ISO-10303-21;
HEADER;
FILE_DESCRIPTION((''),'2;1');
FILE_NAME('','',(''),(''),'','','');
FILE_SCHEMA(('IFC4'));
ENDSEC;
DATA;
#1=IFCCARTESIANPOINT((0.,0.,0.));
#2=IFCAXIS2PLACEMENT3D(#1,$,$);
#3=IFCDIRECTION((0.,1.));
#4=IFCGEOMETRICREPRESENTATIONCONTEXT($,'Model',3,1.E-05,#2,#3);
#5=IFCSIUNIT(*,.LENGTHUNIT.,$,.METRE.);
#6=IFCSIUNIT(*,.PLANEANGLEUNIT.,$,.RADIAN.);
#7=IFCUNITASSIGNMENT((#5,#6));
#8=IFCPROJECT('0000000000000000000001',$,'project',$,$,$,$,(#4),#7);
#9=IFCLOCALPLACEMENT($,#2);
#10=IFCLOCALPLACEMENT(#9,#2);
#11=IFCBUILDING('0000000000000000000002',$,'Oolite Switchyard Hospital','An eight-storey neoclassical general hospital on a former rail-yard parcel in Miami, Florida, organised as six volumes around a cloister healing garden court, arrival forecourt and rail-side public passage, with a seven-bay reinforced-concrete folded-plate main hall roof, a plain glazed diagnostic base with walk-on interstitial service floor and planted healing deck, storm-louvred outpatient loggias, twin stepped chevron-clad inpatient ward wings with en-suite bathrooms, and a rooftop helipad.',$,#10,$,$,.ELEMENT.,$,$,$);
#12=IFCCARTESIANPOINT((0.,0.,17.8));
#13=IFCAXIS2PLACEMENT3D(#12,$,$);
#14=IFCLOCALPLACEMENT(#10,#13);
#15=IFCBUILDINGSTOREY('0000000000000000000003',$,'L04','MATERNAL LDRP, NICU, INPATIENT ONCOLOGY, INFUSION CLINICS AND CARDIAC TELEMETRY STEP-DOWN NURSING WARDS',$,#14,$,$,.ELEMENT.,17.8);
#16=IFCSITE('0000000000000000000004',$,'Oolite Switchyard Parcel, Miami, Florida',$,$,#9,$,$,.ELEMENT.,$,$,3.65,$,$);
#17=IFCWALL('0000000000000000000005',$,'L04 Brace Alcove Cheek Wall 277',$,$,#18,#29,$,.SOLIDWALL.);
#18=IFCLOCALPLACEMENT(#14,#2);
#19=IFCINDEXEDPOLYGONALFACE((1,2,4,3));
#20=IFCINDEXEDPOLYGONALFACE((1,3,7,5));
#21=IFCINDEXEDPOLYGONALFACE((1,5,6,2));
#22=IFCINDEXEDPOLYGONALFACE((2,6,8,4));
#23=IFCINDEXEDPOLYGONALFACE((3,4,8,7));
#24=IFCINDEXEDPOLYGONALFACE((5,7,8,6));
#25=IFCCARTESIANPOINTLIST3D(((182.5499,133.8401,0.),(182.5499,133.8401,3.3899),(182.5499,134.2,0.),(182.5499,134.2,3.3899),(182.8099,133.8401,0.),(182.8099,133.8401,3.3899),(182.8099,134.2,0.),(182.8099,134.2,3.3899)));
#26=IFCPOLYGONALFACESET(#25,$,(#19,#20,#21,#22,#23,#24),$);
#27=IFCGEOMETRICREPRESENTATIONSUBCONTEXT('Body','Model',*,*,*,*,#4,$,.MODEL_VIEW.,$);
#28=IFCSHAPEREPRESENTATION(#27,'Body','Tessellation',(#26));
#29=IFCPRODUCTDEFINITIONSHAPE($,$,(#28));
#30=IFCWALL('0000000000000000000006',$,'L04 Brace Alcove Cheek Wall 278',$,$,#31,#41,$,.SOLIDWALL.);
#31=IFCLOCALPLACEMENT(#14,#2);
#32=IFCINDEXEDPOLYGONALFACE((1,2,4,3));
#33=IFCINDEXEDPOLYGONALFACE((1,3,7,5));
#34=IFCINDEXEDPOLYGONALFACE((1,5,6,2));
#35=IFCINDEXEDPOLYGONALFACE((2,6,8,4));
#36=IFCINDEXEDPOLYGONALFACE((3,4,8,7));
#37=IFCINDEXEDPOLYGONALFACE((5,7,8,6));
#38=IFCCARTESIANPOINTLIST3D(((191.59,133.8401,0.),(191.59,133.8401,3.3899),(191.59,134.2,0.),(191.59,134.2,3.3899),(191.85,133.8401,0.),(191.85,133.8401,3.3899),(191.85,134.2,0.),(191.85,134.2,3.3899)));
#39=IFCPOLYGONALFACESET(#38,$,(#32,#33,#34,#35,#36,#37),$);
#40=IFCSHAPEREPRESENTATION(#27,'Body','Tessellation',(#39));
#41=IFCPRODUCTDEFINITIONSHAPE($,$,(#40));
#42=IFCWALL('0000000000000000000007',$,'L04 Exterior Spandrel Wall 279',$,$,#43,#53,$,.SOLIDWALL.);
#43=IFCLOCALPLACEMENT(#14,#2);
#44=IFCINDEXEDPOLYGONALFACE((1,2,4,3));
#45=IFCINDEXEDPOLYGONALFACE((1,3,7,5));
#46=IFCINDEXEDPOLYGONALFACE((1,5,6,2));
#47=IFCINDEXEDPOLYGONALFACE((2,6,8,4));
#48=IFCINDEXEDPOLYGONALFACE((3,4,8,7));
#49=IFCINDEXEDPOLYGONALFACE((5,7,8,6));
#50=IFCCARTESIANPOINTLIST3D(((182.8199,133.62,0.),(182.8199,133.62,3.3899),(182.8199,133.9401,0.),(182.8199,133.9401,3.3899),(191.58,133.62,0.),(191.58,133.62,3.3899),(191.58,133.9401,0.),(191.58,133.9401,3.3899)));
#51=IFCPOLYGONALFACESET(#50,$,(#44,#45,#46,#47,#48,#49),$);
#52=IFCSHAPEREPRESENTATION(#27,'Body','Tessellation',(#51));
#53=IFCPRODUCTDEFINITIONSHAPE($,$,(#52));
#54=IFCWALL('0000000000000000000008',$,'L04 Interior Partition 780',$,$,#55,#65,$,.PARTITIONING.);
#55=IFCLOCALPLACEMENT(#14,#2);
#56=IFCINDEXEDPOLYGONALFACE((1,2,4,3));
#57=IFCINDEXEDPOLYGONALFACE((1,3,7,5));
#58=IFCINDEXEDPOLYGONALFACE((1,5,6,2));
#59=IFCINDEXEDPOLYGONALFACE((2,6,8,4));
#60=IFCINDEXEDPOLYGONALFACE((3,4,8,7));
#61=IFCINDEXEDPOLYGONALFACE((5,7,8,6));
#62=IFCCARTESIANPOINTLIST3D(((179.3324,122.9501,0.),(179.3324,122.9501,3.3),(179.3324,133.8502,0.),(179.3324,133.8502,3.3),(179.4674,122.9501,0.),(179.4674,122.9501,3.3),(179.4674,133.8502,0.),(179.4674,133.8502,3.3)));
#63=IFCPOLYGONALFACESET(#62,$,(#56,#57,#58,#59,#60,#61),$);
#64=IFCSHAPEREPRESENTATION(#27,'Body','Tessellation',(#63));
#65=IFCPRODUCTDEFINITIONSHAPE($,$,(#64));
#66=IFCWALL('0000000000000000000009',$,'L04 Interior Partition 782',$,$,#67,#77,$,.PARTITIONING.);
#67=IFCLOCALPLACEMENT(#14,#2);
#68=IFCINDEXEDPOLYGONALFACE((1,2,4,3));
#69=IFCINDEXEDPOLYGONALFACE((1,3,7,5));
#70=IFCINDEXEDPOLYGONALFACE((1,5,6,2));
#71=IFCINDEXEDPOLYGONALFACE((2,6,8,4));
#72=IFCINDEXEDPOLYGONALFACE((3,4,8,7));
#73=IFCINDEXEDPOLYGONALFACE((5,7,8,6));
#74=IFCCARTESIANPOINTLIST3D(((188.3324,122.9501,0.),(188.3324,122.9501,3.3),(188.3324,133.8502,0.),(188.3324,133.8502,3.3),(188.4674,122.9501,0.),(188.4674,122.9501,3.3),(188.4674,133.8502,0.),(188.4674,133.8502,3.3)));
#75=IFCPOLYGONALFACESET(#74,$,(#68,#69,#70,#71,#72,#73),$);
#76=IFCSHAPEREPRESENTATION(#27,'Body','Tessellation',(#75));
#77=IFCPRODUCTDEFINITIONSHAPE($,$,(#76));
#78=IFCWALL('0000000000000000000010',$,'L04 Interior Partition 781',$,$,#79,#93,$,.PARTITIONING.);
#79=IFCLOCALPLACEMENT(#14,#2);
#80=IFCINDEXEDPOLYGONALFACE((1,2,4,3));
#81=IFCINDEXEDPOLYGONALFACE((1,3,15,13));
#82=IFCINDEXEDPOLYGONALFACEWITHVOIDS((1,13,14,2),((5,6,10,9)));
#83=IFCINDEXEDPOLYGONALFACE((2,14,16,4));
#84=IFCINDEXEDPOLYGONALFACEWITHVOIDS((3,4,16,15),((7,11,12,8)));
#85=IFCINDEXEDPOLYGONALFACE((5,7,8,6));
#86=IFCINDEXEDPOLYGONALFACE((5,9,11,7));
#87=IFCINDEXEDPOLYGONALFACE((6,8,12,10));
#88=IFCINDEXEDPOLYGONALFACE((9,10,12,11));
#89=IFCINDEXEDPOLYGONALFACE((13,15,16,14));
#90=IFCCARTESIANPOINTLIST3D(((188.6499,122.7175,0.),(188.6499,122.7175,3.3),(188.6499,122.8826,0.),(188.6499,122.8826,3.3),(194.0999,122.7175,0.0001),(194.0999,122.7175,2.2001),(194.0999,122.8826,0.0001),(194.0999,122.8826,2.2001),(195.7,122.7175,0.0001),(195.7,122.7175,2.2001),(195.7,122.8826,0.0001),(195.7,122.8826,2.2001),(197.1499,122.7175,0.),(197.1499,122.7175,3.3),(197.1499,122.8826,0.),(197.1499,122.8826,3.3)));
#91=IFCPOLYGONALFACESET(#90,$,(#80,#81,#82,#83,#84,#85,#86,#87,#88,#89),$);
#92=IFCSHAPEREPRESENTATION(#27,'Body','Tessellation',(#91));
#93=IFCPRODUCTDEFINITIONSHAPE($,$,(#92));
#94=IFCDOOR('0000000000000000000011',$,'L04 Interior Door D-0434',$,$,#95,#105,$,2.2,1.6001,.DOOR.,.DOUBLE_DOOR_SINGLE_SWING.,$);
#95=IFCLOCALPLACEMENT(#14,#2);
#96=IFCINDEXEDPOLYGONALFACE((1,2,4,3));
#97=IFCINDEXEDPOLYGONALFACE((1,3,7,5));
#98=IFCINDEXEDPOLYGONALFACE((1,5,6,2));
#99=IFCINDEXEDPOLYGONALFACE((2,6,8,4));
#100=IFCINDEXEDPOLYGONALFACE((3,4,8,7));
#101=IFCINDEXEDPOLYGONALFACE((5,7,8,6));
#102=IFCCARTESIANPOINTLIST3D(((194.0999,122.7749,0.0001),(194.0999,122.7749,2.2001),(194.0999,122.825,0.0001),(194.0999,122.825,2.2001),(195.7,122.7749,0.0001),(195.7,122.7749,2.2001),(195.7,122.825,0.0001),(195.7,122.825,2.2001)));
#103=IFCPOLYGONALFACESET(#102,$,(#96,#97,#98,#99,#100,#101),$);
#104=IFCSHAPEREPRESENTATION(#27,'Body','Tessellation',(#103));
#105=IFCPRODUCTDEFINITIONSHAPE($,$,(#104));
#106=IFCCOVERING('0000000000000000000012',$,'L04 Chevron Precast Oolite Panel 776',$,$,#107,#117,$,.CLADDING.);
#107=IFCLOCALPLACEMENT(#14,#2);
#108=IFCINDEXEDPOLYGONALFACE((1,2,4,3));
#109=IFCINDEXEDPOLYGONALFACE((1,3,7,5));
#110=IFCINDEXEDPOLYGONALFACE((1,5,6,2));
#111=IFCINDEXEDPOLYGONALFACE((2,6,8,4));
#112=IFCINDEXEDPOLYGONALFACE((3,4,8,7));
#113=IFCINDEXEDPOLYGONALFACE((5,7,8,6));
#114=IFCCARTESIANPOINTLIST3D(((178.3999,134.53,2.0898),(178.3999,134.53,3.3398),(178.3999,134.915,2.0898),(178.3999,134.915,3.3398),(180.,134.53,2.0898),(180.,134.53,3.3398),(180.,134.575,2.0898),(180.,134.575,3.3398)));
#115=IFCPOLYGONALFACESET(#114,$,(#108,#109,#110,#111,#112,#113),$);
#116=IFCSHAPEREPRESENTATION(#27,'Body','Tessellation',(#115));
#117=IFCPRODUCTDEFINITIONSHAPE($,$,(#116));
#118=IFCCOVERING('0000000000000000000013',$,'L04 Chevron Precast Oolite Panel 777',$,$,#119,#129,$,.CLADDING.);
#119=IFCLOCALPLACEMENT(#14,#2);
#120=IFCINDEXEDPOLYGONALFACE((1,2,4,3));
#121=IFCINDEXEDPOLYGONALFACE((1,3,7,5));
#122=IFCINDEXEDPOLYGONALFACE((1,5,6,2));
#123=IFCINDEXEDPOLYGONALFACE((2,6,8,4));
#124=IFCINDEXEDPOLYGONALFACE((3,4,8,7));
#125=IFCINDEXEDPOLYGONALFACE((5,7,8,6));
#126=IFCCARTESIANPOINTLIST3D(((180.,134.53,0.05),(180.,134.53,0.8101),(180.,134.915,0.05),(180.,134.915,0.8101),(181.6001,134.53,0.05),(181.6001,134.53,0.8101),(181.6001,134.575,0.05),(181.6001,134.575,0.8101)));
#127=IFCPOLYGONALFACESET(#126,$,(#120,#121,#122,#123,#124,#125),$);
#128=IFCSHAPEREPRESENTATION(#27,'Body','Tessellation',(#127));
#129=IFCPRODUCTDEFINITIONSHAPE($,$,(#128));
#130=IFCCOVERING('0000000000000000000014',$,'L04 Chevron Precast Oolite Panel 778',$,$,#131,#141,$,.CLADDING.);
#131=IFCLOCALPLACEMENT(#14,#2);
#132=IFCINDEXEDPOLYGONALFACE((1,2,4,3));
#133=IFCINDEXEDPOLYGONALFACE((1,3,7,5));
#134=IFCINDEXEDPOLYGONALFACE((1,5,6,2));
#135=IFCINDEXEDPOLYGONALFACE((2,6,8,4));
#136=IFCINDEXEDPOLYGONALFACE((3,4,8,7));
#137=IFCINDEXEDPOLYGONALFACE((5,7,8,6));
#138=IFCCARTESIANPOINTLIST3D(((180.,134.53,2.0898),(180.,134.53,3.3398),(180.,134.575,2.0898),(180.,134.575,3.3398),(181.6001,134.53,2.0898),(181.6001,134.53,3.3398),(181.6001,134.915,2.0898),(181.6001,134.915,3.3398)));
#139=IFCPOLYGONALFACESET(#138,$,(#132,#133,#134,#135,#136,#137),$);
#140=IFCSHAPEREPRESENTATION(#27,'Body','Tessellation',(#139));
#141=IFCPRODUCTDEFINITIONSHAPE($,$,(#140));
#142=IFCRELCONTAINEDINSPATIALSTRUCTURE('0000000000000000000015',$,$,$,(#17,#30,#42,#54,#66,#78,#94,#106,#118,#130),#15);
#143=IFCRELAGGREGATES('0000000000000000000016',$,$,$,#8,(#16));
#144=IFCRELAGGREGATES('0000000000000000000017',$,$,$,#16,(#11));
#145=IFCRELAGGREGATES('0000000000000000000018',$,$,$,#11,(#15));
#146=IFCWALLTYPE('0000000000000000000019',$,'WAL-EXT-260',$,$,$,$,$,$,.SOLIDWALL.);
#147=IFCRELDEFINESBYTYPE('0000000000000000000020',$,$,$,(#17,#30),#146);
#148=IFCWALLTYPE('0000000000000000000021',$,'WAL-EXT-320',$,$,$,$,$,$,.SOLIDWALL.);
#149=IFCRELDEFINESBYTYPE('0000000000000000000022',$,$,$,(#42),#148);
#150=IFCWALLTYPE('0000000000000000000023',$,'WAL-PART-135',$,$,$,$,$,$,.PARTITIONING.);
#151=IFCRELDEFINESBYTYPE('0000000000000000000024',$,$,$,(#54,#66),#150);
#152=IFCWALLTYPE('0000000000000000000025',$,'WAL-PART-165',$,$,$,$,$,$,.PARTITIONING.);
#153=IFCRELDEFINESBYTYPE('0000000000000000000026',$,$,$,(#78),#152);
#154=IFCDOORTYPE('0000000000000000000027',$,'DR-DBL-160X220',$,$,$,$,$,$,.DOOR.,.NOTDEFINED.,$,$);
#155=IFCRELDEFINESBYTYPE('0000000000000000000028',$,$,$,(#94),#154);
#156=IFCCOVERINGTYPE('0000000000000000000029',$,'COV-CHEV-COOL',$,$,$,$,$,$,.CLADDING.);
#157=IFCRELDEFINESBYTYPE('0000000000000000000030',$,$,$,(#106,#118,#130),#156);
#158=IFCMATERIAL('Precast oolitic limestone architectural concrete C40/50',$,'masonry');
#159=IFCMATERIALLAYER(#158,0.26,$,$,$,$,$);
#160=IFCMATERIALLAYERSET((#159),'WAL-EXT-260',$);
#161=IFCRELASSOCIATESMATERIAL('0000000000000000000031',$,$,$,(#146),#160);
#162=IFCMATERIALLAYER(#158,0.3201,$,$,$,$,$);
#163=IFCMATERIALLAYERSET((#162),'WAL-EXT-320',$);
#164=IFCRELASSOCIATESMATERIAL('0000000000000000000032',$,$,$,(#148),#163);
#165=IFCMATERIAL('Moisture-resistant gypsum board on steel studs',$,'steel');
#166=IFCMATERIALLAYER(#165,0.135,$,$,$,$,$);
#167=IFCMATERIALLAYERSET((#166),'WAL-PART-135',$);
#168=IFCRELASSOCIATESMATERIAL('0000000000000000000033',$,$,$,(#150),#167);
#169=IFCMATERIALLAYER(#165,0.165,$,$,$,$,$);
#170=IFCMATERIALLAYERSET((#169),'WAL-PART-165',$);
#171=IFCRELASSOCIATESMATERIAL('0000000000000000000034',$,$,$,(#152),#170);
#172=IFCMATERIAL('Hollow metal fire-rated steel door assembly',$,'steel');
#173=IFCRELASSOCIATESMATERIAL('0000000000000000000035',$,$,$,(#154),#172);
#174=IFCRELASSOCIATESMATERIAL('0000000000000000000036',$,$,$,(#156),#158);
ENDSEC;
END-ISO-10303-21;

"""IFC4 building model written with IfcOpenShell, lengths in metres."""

from ifc_helpers import new_model, si_unit, direction, frame, frame_2d, origin, place, context, subcontext, project, spatial, polyline, rectangle, outline, extrude, material, layer, layer_set, type_object, element, fill, save


model = new_model("IFC4")

# Units and contexts
model_context = context("Model", 3, precision=1e-05, world=origin(), true_north=direction((0.0, 1.0)))
body_context = subcontext(model_context, "Body", "Model", "MODEL_VIEW")
ifc_project = project(units=[si_unit("LENGTHUNIT", "METRE"), si_unit("PLANEANGLEUNIT", "RADIAN")], contexts=[model_context])

# Site, building, storey
site_placement = place(None, origin())
site = spatial("IfcSite", under=ifc_project, at=site_placement, Name="Oolite Switchyard Parcel, Miami, Florida", CompositionType="ELEMENT", RefElevation=3.65)
building_placement = place(site_placement, origin())
building = spatial("IfcBuilding", under=site, at=building_placement, Name="Oolite Switchyard Hospital", Description="An eight-storey neoclassical general hospital on a former rail-yard parcel in Miami, Florida, organised as six volumes around a cloister healing garden court, arrival forecourt and rail-side public passage, with a seven-bay reinforced-concrete folded-plate main hall roof, a plain glazed diagnostic base with walk-on interstitial service floor and planted healing deck, storm-louvred outpatient loggias, twin stepped chevron-clad inpatient ward wings with en-suite bathrooms, and a rooftop helipad.", CompositionType="ELEMENT")
storey_placement = place(building_placement, frame((0.0, 0.0, 17.8)))
storey = spatial("IfcBuildingStorey", under=building, at=storey_placement, Name="L04", Description="MATERNAL LDRP, NICU, INPATIENT ONCOLOGY, INFUSION CLINICS AND CARDIAC TELEMETRY STEP-DOWN NURSING WARDS", CompositionType="ELEMENT", Elevation=17.8)

# Walls
ifc_material_1 = material(Name="Precast oolitic limestone architectural concrete C40/50", Category="masonry")
ifc_layer_1 = layer(ifc_material_1, 0.26)
ifc_layer_set_1 = layer_set([ifc_layer_1], Name="WAL-EXT-260")
wall_type_1 = type_object("IfcWallType", Name="WAL-EXT-260", PredefinedType="SOLIDWALL", material=ifc_layer_set_1)
for number, where, z_axis, x_axis, name in (
    (1, (182.6799, 134.2, 0.0), (0.0, 0.0, 1.0), (0.0, -1.0, 0.0), "L04 Brace Alcove Cheek Wall 277"),
    (2, (191.72, 134.2, 0.0), (0.0, 0.0, 1.0), (0.0, -1.0, 0.0), "L04 Brace Alcove Cheek Wall 278"),
):
    element("IfcWall", number, at=place(storey_placement, frame(where, z_axis=z_axis, x_axis=x_axis)), inside=storey, type_object=wall_type_1, Name=name, PredefinedType="SOLIDWALL", context=body_context, shape_type="SweptSolid", body=[
        extrude(rectangle(XDim=0.3599, YDim=0.26, at=frame_2d((0.1799, 0.0))), origin(), (0.0, 0.0, 1.0), 3.3899),
    ])
ifc_layer_2 = layer(ifc_material_1, 0.3201)
ifc_layer_set_2 = layer_set([ifc_layer_2], Name="WAL-EXT-320")
wall_type_2 = type_object("IfcWallType", Name="WAL-EXT-320", PredefinedType="SOLIDWALL", material=ifc_layer_set_2)
wall_1_placement = place(storey_placement, frame((182.8201, 133.78, 0.0), z_axis=(0.0, 0.0, 1.0), x_axis=(1.0, 0.0, 0.0)))
element("IfcWall", 3, at=wall_1_placement, inside=storey, type_object=wall_type_2, Name="L04 Exterior Spandrel Wall 279", PredefinedType="SOLIDWALL", context=body_context, shape_type="SweptSolid", body=[
    extrude(rectangle(XDim=8.76, YDim=0.3201, at=frame_2d((4.3799, 0.0))), origin(), (0.0, 0.0, 1.0), 3.3899),
])
ifc_material_2 = material(Name="Moisture-resistant gypsum board on steel studs", Category="steel")
ifc_layer_3 = layer(ifc_material_2, 0.135)
ifc_layer_set_3 = layer_set([ifc_layer_3], Name="WAL-PART-135")
wall_type_3 = type_object("IfcWallType", Name="WAL-PART-135", PredefinedType="PARTITIONING", material=ifc_layer_set_3)
for number, where, z_axis, x_axis, name in (
    (4, (179.3999, 122.95, 0.0), (0.0, 0.0, 1.0), (0.0, 1.0, 0.0), "L04 Interior Partition 780"),
    (5, (188.3999, 122.95, 0.0), (0.0, 0.0, 1.0), (0.0, 1.0, 0.0), "L04 Interior Partition 782"),
):
    element("IfcWall", number, at=place(storey_placement, frame(where, z_axis=z_axis, x_axis=x_axis)), inside=storey, type_object=wall_type_3, Name=name, PredefinedType="PARTITIONING", context=body_context, shape_type="SweptSolid", body=[
        extrude(rectangle(XDim=10.9001, YDim=0.135, at=frame_2d((5.4502, 0.0))), origin(), (0.0, 0.0, 1.0), 3.3),
    ])

# Wall, opening, door
ifc_layer_4 = layer(ifc_material_2, 0.165)
ifc_layer_set_4 = layer_set([ifc_layer_4], Name="WAL-PART-165")
wall_type_4 = type_object("IfcWallType", Name="WAL-PART-165", PredefinedType="PARTITIONING", material=ifc_layer_set_4)
wall_2_placement = place(storey_placement, frame((188.6499, 122.8, 0.0), z_axis=(0.0, 0.0, 1.0), x_axis=(1.0, 0.0, 0.0)))
wall_2 = element("IfcWall", 6, at=wall_2_placement, inside=storey, type_object=wall_type_4, Name="L04 Interior Partition 781", PredefinedType="PARTITIONING", context=body_context, shape_type="SweptSolid", body=[
    extrude(rectangle(XDim=8.5, YDim=0.165, at=frame_2d((4.25, 0.0))), origin(), (0.0, 0.0, 1.0), 3.3),
])
opening_placement = place(wall_2_placement, frame((5.45, 0.0, 0.0)))
opening = element("IfcOpeningElement", 7, at=opening_placement, cuts=wall_2, PredefinedType="OPENING", context=body_context, shape_type="SweptSolid", body=[
    extrude(rectangle(XDim=1.6001, YDim=2.2, at=frame_2d((0.8, 1.1001))), frame((0.0, 0.0925, 0.0), z_axis=(0.0, -1.0, 0.0), x_axis=(1.0, 0.0, 0.0)), (0.0, 0.0, 1.0), 0.1851),
])
ifc_material_3 = material(Name="Hollow metal fire-rated steel door assembly", Category="steel")
door_type = type_object("IfcDoorType", Name="DR-DBL-160X220", OperationType="NOTDEFINED", PredefinedType="DOOR", material=ifc_material_3)
door_placement = place(opening_placement, origin())
door = element("IfcDoor", 8, at=door_placement, inside=storey, type_object=door_type, Name="L04 Interior Door D-0434", OperationType="DOUBLE_DOOR_SINGLE_SWING", OverallHeight=2.2, OverallWidth=1.6001, PredefinedType="DOOR", context=body_context, shape_type="SweptSolid", body=[
    extrude(rectangle(XDim=1.6001, YDim=2.2, at=frame_2d((0.8, 1.1001))), frame((0.0, 0.0249, 0.0), z_axis=(0.0, -1.0, 0.0), x_axis=(1.0, 0.0, 0.0)), (0.0, 0.0, 1.0), 0.05),
])
fill(opening, door)

# Coverings
covering_type = type_object("IfcCoveringType", Name="COV-CHEV-COOL", PredefinedType="CLADDING", material=ifc_material_1)
covering_1_placement = place(storey_placement, frame((178.3999, 134.53, 2.0898), z_axis=(0.0, 0.0, 1.0), x_axis=(1.0, 0.0, 0.0)))
element("IfcCovering", 9, at=covering_1_placement, inside=storey, type_object=covering_type, Name="L04 Chevron Precast Oolite Panel 776", PredefinedType="CLADDING", context=body_context, shape_type="SweptSolid", body=[
    extrude(outline(polyline([(0.0, 0.0), (1.6001, 0.0), (1.6001, 0.0449), (0.0, 0.385), (0.0, 0.0)])), origin(), (0.0, 0.0, 1.0), 1.25),
])
covering_2_placement = place(storey_placement, frame((180.0, 134.53, 0.05), z_axis=(0.0, 0.0, 1.0), x_axis=(1.0, 0.0, 0.0)))
element("IfcCovering", 10, at=covering_2_placement, inside=storey, type_object=covering_type, Name="L04 Chevron Precast Oolite Panel 777", PredefinedType="CLADDING", context=body_context, shape_type="SweptSolid", body=[
    extrude(outline(polyline([(0.0, 0.0), (1.6001, 0.0), (1.6001, 0.0449), (0.0, 0.385), (0.0, 0.0)])), origin(), (0.0, 0.0, 1.0), 0.76),
])
covering_3_placement = place(storey_placement, frame((180.0, 134.53, 2.0898), z_axis=(0.0, 0.0, 1.0), x_axis=(1.0, 0.0, 0.0)))
element("IfcCovering", 11, at=covering_3_placement, inside=storey, type_object=covering_type, Name="L04 Chevron Precast Oolite Panel 778", PredefinedType="CLADDING", context=body_context, shape_type="SweptSolid", body=[
    extrude(outline(polyline([(0.0, 0.0), (1.6001, 0.0), (1.6001, 0.385), (0.0, 0.0449), (0.0, 0.0)])), origin(), (0.0, 0.0, 1.0), 1.25),
])

save(model, "model.ifc")
